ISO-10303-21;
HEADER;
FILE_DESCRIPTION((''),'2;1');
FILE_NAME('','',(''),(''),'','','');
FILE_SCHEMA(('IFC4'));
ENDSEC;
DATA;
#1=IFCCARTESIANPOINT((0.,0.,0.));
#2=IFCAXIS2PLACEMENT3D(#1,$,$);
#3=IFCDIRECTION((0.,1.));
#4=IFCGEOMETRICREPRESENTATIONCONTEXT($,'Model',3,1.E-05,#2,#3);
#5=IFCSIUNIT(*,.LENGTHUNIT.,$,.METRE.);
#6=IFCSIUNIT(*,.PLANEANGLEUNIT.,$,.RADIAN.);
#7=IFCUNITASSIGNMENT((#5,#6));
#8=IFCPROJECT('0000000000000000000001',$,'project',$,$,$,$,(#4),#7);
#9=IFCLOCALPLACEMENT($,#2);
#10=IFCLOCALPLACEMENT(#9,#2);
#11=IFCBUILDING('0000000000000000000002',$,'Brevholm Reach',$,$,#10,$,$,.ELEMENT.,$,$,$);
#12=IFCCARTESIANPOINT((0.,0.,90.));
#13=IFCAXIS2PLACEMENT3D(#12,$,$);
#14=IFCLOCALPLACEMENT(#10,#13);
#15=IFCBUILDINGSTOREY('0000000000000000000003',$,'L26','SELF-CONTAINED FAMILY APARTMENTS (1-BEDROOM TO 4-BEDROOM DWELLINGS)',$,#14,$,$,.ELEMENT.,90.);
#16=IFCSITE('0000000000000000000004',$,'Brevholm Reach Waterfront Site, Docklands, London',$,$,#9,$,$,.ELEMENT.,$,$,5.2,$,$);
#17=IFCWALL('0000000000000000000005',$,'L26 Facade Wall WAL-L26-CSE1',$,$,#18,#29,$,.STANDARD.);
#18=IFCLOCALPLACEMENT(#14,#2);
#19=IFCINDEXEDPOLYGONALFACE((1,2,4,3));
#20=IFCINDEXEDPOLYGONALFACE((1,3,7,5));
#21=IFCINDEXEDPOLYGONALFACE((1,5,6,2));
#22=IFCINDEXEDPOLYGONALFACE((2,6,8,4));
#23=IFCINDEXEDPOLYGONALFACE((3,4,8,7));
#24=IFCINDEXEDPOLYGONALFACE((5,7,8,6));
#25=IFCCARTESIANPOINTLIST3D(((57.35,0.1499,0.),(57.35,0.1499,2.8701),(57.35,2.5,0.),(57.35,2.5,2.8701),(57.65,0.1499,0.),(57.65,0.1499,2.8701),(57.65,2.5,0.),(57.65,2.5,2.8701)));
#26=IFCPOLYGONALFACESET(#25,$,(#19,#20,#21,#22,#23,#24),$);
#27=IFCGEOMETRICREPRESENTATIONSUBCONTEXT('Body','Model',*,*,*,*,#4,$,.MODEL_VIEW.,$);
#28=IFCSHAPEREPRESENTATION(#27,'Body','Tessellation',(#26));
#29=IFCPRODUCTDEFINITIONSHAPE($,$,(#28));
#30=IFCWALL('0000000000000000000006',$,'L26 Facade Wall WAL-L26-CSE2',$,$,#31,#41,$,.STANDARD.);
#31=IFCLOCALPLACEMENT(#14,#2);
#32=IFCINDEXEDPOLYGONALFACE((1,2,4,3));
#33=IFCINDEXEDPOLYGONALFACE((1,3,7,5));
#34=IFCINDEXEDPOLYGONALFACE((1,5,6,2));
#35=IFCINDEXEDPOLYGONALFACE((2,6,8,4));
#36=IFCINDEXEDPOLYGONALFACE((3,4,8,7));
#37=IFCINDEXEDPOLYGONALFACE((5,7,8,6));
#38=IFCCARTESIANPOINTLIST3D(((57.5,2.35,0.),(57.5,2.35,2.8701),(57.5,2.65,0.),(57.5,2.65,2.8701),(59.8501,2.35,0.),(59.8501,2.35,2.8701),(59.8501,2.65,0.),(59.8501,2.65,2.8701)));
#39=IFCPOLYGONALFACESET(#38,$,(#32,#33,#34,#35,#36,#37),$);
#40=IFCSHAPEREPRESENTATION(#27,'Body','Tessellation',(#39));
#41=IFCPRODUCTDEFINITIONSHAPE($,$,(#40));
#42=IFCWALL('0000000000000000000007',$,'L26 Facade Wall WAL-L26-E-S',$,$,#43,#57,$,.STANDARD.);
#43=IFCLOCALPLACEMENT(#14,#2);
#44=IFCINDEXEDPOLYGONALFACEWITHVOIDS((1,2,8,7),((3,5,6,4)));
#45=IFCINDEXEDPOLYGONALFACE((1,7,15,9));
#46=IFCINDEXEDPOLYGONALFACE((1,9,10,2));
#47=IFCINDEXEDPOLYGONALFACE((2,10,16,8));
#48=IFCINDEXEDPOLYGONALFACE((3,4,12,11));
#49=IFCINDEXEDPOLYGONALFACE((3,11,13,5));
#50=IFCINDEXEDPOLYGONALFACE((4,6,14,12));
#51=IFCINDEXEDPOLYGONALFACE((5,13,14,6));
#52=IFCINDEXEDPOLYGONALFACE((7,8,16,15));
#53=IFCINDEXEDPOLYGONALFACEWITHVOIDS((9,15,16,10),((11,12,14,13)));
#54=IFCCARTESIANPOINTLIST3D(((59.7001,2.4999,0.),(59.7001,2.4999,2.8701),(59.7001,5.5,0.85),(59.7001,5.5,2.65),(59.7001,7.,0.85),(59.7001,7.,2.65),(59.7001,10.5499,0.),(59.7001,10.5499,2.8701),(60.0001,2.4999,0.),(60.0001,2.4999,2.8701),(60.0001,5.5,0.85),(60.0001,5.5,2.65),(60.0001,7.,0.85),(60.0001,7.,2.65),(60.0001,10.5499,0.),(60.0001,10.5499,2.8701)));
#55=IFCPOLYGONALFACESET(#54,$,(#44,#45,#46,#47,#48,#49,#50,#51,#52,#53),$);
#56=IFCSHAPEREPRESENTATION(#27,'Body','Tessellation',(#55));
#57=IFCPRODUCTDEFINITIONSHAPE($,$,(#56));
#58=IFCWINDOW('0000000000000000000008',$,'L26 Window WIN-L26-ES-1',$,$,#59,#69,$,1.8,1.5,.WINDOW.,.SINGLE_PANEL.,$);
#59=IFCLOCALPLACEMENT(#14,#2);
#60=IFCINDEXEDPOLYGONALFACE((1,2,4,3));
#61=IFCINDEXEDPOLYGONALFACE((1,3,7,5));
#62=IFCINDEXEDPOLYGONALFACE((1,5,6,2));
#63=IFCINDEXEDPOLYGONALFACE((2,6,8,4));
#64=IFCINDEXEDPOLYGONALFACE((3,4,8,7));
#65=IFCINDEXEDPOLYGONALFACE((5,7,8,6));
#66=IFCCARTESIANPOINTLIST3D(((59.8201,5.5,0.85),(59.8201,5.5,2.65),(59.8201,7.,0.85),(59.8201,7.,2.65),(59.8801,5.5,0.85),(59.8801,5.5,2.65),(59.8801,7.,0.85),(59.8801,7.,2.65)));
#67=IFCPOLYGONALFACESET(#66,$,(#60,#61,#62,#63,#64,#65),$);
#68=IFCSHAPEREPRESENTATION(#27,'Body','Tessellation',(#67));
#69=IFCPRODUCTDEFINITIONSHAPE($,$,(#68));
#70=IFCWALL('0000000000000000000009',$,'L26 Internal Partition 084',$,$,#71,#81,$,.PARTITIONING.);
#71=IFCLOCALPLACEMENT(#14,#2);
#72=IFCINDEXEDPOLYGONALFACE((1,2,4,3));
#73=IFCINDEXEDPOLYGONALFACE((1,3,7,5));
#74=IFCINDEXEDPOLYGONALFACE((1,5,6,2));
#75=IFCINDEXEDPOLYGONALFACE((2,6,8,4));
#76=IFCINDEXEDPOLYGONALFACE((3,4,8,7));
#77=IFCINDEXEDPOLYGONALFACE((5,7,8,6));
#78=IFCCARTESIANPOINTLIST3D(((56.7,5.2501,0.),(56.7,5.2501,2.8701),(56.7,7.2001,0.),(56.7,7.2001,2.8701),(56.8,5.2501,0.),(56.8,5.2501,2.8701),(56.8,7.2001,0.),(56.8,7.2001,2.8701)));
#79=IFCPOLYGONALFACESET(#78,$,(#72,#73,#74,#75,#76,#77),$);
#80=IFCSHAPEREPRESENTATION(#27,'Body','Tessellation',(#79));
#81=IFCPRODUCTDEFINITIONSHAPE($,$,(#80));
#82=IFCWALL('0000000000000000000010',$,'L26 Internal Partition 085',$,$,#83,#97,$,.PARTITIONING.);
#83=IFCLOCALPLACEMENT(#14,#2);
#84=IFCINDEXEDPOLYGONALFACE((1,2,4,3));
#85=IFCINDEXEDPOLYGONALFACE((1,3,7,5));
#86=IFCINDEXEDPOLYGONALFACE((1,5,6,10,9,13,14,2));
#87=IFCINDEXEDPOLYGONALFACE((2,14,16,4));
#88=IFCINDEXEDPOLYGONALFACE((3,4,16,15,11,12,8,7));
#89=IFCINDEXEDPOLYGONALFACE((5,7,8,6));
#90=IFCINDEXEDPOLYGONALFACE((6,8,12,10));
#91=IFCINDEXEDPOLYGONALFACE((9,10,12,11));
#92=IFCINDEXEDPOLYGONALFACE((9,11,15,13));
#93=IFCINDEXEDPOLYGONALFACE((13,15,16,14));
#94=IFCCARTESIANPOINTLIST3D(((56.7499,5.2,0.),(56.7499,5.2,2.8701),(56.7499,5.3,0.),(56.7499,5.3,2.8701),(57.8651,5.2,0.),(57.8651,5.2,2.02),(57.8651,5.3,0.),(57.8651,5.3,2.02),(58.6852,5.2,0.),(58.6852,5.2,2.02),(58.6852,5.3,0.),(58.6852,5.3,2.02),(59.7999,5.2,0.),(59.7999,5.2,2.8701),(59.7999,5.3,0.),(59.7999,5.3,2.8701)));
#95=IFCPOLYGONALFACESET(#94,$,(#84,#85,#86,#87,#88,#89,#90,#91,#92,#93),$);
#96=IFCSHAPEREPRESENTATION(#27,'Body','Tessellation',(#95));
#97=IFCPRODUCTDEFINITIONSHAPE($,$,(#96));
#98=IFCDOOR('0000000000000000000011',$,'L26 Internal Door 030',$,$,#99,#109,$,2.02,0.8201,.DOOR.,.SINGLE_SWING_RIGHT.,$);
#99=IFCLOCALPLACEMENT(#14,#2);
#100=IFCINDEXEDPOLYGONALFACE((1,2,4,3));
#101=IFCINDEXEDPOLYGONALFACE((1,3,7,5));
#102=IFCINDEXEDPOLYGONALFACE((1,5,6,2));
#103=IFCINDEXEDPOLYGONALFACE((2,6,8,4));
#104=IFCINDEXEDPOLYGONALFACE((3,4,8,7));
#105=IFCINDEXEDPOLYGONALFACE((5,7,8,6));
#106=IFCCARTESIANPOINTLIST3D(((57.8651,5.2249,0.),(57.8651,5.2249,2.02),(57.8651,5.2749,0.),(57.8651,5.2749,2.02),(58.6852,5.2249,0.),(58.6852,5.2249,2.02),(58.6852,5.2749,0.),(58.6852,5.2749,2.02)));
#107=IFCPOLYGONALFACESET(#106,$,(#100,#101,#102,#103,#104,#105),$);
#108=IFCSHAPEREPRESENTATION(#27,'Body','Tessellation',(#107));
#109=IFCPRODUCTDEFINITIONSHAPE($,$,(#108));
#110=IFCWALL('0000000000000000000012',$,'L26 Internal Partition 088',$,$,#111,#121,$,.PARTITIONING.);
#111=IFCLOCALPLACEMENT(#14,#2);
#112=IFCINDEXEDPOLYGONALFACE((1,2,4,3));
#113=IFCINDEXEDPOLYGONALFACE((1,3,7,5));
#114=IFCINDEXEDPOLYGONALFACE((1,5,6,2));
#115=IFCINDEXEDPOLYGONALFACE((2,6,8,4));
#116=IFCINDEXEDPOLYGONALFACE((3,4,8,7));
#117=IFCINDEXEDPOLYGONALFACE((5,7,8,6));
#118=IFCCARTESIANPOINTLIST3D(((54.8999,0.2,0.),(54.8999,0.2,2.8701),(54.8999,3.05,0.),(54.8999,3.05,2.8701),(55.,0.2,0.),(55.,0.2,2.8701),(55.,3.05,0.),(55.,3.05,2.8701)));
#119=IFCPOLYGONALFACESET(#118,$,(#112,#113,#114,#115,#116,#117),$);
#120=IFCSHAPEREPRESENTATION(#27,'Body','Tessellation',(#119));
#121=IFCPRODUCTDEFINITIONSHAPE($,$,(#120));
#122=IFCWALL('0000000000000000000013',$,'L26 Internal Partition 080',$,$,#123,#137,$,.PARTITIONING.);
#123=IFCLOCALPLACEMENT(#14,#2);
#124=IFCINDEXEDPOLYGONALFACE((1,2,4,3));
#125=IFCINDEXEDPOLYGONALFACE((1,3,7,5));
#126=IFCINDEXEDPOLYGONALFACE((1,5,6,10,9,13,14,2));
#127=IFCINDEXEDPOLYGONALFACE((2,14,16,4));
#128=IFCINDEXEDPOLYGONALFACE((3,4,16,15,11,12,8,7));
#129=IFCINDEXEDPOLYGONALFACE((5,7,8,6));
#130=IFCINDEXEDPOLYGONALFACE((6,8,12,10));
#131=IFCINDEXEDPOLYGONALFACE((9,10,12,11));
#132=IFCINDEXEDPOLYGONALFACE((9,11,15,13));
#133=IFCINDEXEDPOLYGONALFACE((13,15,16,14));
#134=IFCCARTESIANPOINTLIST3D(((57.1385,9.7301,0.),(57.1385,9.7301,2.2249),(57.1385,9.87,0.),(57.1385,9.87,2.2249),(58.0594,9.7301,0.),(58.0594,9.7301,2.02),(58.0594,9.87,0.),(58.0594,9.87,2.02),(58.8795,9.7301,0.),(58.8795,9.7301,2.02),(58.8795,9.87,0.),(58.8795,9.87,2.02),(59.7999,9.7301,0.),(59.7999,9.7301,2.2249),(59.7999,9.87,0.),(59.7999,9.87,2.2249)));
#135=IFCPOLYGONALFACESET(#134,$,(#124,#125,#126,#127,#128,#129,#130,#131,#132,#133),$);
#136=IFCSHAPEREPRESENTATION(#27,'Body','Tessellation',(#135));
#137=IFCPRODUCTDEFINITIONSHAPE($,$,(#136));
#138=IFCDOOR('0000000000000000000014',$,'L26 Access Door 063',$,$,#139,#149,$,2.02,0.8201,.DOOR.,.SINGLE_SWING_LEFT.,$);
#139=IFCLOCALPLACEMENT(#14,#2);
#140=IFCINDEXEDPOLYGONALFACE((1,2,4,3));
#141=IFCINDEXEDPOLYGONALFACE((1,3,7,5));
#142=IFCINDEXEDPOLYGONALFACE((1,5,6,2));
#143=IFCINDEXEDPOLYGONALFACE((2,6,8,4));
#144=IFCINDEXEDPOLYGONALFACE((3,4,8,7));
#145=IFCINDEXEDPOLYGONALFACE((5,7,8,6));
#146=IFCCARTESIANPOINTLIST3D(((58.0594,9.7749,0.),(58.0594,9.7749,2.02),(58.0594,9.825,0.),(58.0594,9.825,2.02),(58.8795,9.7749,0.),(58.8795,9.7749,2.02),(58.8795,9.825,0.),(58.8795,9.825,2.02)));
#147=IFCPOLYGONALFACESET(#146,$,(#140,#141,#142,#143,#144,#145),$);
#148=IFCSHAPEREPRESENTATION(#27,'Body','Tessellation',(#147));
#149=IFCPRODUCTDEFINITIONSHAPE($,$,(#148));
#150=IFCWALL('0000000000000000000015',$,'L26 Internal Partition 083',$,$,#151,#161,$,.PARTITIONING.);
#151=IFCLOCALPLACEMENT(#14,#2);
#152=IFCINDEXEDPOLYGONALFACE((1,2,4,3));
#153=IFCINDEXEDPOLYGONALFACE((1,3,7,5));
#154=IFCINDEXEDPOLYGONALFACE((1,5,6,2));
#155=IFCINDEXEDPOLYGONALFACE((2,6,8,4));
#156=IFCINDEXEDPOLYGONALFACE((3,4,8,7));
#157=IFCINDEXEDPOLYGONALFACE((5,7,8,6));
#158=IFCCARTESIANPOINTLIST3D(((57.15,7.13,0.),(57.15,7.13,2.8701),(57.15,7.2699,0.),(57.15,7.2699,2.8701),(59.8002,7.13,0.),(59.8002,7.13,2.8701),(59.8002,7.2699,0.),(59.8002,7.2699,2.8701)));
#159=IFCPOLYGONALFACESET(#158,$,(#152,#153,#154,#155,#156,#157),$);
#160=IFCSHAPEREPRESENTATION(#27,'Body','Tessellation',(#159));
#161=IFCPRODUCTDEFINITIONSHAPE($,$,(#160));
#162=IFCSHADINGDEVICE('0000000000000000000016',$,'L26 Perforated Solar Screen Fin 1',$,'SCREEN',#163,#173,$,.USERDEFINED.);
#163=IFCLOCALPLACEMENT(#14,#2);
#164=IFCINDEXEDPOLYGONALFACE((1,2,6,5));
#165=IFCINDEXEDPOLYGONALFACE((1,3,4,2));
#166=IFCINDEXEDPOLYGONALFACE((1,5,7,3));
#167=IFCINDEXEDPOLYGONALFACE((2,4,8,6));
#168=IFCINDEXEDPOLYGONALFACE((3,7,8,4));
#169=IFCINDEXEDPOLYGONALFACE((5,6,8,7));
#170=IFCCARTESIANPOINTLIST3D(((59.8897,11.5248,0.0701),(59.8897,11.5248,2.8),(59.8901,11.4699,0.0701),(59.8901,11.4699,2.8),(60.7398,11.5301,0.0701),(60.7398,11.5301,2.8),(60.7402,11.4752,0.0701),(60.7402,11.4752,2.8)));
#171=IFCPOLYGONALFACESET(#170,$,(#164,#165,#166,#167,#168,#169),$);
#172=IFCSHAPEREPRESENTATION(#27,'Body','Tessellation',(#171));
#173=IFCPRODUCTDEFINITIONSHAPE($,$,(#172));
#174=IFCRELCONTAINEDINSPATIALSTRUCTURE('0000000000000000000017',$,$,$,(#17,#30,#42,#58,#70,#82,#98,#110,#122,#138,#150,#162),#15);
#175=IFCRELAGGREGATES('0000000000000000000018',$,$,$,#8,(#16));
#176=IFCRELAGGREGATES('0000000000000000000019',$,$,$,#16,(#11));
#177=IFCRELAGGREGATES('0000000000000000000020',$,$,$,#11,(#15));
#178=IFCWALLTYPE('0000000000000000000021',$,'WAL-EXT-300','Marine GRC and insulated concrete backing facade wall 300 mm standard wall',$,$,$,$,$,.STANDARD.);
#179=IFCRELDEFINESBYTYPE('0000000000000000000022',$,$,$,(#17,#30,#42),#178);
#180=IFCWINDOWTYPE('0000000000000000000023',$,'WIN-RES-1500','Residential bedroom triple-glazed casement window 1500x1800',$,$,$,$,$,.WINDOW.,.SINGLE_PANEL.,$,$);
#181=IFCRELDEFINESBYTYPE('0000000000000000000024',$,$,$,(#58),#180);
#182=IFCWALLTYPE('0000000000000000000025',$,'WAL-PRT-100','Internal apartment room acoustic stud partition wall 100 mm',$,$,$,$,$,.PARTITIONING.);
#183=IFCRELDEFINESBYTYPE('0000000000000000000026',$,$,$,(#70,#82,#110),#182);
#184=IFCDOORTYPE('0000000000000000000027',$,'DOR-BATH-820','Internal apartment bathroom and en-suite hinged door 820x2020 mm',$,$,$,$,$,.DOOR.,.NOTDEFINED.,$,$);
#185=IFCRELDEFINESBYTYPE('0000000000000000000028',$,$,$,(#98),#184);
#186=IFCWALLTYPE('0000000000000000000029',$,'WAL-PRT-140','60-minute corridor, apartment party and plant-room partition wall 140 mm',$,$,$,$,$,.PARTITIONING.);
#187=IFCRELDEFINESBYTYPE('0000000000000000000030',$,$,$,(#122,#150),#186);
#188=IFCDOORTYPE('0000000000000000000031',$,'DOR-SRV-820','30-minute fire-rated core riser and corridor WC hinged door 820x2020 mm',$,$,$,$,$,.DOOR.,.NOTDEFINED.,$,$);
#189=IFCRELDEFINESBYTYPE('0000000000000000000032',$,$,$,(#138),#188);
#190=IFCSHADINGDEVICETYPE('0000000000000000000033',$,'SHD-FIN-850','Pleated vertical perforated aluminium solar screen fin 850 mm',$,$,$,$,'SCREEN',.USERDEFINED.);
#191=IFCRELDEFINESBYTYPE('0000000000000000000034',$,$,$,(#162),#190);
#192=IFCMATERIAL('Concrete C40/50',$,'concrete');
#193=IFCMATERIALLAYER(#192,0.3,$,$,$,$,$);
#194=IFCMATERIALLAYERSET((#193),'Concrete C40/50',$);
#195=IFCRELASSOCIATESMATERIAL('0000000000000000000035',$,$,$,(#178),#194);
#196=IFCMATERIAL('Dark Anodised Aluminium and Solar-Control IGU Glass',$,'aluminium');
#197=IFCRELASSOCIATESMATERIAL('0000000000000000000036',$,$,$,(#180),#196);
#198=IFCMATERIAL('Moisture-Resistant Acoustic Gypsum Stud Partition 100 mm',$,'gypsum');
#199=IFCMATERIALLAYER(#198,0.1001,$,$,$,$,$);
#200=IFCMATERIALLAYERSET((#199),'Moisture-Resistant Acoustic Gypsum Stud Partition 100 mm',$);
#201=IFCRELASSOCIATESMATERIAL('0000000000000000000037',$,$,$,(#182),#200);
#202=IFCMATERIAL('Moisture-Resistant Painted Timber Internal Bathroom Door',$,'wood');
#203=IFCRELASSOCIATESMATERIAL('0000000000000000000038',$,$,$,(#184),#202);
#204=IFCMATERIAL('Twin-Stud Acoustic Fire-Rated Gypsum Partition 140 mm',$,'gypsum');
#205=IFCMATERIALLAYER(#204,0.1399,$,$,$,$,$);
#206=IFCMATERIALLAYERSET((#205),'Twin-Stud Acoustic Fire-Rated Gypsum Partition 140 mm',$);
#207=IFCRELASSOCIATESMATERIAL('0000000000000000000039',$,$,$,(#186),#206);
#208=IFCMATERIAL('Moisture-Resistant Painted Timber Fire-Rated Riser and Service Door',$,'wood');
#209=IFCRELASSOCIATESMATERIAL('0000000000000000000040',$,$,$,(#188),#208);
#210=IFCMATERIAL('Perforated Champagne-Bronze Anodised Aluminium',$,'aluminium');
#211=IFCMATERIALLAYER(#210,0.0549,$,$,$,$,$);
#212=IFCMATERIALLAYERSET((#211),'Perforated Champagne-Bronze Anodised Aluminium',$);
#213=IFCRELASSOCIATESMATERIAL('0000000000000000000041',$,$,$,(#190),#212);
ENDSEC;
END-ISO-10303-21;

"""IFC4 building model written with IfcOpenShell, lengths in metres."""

from ifc_helpers import new_model, si_unit, direction, frame, frame_2d, origin, origin_2d, place, context, subcontext, project, spatial, rectangle, extrude, material, layer, layer_set, type_object, element, fill, save


model = new_model("IFC4")

# Units and contexts
model_context = context("Model", 3, precision=1e-05, world=origin(), true_north=direction((0.0, 1.0)))
body_context = subcontext(model_context, "Body", "Model", "MODEL_VIEW")
ifc_project = project(units=[si_unit("LENGTHUNIT", "METRE"), si_unit("PLANEANGLEUNIT", "RADIAN")], contexts=[model_context])

# Site, building, storey
site_placement = place(None, origin())
site = spatial("IfcSite", under=ifc_project, at=site_placement, Name="Brevholm Reach Waterfront Site, Docklands, London", CompositionType="ELEMENT", RefElevation=5.2)
building_placement = place(site_placement, origin())
building = spatial("IfcBuilding", under=site, at=building_placement, Name="Brevholm Reach", CompositionType="ELEMENT")
storey_placement = place(building_placement, frame((0.0, 0.0, 90.0)))
storey = spatial("IfcBuildingStorey", under=building, at=storey_placement, Name="L26", Description="SELF-CONTAINED FAMILY APARTMENTS (1-BEDROOM TO 4-BEDROOM DWELLINGS)", CompositionType="ELEMENT", Elevation=90.0)

# Walls
ifc_material_1 = material(Name="Concrete C40/50", Category="concrete")
ifc_layer_1 = layer(ifc_material_1, 0.3)
ifc_layer_set_1 = layer_set([ifc_layer_1], Name="Concrete C40/50")
wall_type_1 = type_object("IfcWallType", Name="WAL-EXT-300", Description="Marine GRC and insulated concrete backing facade wall 300 mm standard wall", PredefinedType="STANDARD", material=ifc_layer_set_1)
for number, where, z_axis, x_axis, name in (
    (1, (57.5, 0.1499, 0.0), (0.0, 0.0, 1.0), (0.0, 1.0, 0.0), "L26 Facade Wall WAL-L26-CSE1"),
    (2, (57.5, 2.5, 0.0), (0.0, 0.0, 1.0), (1.0, 0.0, 0.0), "L26 Facade Wall WAL-L26-CSE2"),
):
    element("IfcWall", number, at=place(storey_placement, frame(where, z_axis=z_axis, x_axis=x_axis)), inside=storey, type_object=wall_type_1, Name=name, PredefinedType="STANDARD", context=body_context, shape_type="SweptSolid", body=[
        extrude(rectangle(XDim=2.3501, YDim=0.3, at=frame_2d((1.175, 0.0))), origin(), (0.0, 0.0, 1.0), 2.8701),
    ])

# Wall, opening, window
wall_1_placement = place(storey_placement, frame((59.8501, 2.5, 0.0), z_axis=(0.0, 0.0, 1.0), x_axis=(0.0, 1.0, 0.0)))
wall_1 = element("IfcWall", 3, at=wall_1_placement, inside=storey, type_object=wall_type_1, Name="L26 Facade Wall WAL-L26-E-S", PredefinedType="STANDARD", context=body_context, shape_type="SweptSolid", body=[
    extrude(rectangle(XDim=8.05, YDim=0.3, at=frame_2d((4.0249, 0.0))), origin(), (0.0, 0.0, 1.0), 2.8701),
])
opening_1_placement = place(wall_1_placement, frame((3.0, 0.0, 0.8501)))
opening_1 = element("IfcOpeningElement", 4, at=opening_1_placement, cuts=wall_1, PredefinedType="OPENING", context=body_context, shape_type="SweptSolid", body=[
    extrude(rectangle(XDim=1.5, YDim=1.8, at=frame_2d((0.75, 0.8999))), frame((0.0, 0.1599, 0.0), z_axis=(0.0, -1.0, 0.0), x_axis=(1.0, 0.0, 0.0)), (0.0, 0.0, 1.0), 0.3201),
])
ifc_material_2 = material(Name="Dark Anodised Aluminium and Solar-Control IGU Glass", Category="aluminium")
window_type = type_object("IfcWindowType", Name="WIN-RES-1500", Description="Residential bedroom triple-glazed casement window 1500x1800", PartitioningType="SINGLE_PANEL", PredefinedType="WINDOW", material=ifc_material_2)
window_placement = place(opening_1_placement, origin())
window = element("IfcWindow", 5, at=window_placement, inside=storey, type_object=window_type, Name="L26 Window WIN-L26-ES-1", OverallHeight=1.8, OverallWidth=1.5, PartitioningType="SINGLE_PANEL", PredefinedType="WINDOW", context=body_context, shape_type="SweptSolid", body=[
    extrude(rectangle(XDim=1.5, YDim=1.8, at=frame_2d((0.75, 0.8999))), frame((0.0, 0.03, 0.0), z_axis=(0.0, -1.0, 0.0), x_axis=(1.0, 0.0, 0.0)), (0.0, 0.0, 1.0), 0.0601),
])
fill(opening_1, window)

# Wall
ifc_material_3 = material(Name="Moisture-Resistant Acoustic Gypsum Stud Partition 100 mm", Category="gypsum")
ifc_layer_2 = layer(ifc_material_3, 0.1001)
ifc_layer_set_2 = layer_set([ifc_layer_2], Name="Moisture-Resistant Acoustic Gypsum Stud Partition 100 mm")
wall_type_2 = type_object("IfcWallType", Name="WAL-PRT-100", Description="Internal apartment room acoustic stud partition wall 100 mm", PredefinedType="PARTITIONING", material=ifc_layer_set_2)
wall_2_placement = place(storey_placement, frame((56.75, 5.25, 0.0), z_axis=(0.0, 0.0, 1.0), x_axis=(0.0, 1.0, 0.0)))
element("IfcWall", 6, at=wall_2_placement, inside=storey, type_object=wall_type_2, Name="L26 Internal Partition 084", PredefinedType="PARTITIONING", context=body_context, shape_type="SweptSolid", body=[
    extrude(rectangle(XDim=1.95, YDim=0.1001, at=frame_2d((0.9751, 0.0))), origin(), (0.0, 0.0, 1.0), 2.8701),
])

# Wall, opening, door
wall_3_placement = place(storey_placement, frame((56.75, 5.25, 0.0), z_axis=(0.0, 0.0, 1.0), x_axis=(1.0, 0.0, 0.0)))
wall_3 = element("IfcWall", 7, at=wall_3_placement, inside=storey, type_object=wall_type_2, Name="L26 Internal Partition 085", PredefinedType="PARTITIONING", context=body_context, shape_type="SweptSolid", body=[
    extrude(rectangle(XDim=3.05, YDim=0.1001, at=frame_2d((1.5249, 0.0))), origin(), (0.0, 0.0, 1.0), 2.8701),
])
opening_2_placement = place(wall_3_placement, frame((1.115, 0.0, 0.0)))
opening_2 = element("IfcOpeningElement", 8, at=opening_2_placement, cuts=wall_3, PredefinedType="OPENING", context=body_context, shape_type="SweptSolid", body=[
    extrude(rectangle(XDim=0.8201, YDim=2.02, at=frame_2d((0.4102, 1.01))), frame((0.0, 0.0601, 0.0), z_axis=(0.0, -1.0, 0.0), x_axis=(1.0, 0.0, 0.0)), (0.0, 0.0, 1.0), 0.1201),
])
ifc_material_4 = material(Name="Moisture-Resistant Painted Timber Internal Bathroom Door", Category="wood")
door_type_1 = type_object("IfcDoorType", Name="DOR-BATH-820", Description="Internal apartment bathroom and en-suite hinged door 820x2020 mm", OperationType="NOTDEFINED", PredefinedType="DOOR", material=ifc_material_4)
door_1_placement = place(opening_2_placement, origin())
door_1 = element("IfcDoor", 9, at=door_1_placement, inside=storey, type_object=door_type_1, Name="L26 Internal Door 030", OperationType="SINGLE_SWING_RIGHT", OverallHeight=2.02, OverallWidth=0.8201, PredefinedType="DOOR", context=body_context, shape_type="SweptSolid", body=[
    extrude(rectangle(XDim=0.8201, YDim=2.02, at=frame_2d((0.4102, 1.01))), frame((0.0, 0.0249, 0.0), z_axis=(0.0, -1.0, 0.0), x_axis=(1.0, 0.0, 0.0)), (0.0, 0.0, 1.0), 0.05),
])
fill(opening_2, door_1)

# Wall
wall_4_placement = place(storey_placement, frame((54.95, 0.2, 0.0), z_axis=(0.0, 0.0, 1.0), x_axis=(0.0, 1.0, 0.0)))
element("IfcWall", 10, at=wall_4_placement, inside=storey, type_object=wall_type_2, Name="L26 Internal Partition 088", PredefinedType="PARTITIONING", context=body_context, shape_type="SweptSolid", body=[
    extrude(rectangle(XDim=2.8501, YDim=0.1001, at=frame_2d((1.425, 0.0))), origin(), (0.0, 0.0, 1.0), 2.8701),
])

# Wall, opening, door
ifc_material_5 = material(Name="Twin-Stud Acoustic Fire-Rated Gypsum Partition 140 mm", Category="gypsum")
ifc_layer_3 = layer(ifc_material_5, 0.1399)
ifc_layer_set_3 = layer_set([ifc_layer_3], Name="Twin-Stud Acoustic Fire-Rated Gypsum Partition 140 mm")
wall_type_3 = type_object("IfcWallType", Name="WAL-PRT-140", Description="60-minute corridor, apartment party and plant-room partition wall 140 mm", PredefinedType="PARTITIONING", material=ifc_layer_set_3)
wall_5_placement = place(storey_placement, frame((57.1387, 9.8, 0.0), z_axis=(0.0, 0.0, 1.0), x_axis=(1.0, 0.0, 0.0)))
wall_5 = element("IfcWall", 11, at=wall_5_placement, inside=storey, type_object=wall_type_3, Name="L26 Internal Partition 080", PredefinedType="PARTITIONING", context=body_context, shape_type="SweptSolid", body=[
    extrude(rectangle(XDim=2.6614, YDim=0.1399, at=frame_2d((1.3306, 0.0))), origin(), (0.0, 0.0, 1.0), 2.2249),
])
opening_3_placement = place(wall_5_placement, frame((0.9207, 0.0, 0.0)))
opening_3 = element("IfcOpeningElement", 12, at=opening_3_placement, cuts=wall_5, PredefinedType="OPENING", context=body_context, shape_type="SweptSolid", body=[
    extrude(rectangle(XDim=0.8201, YDim=2.02, at=frame_2d((0.4102, 1.01))), frame((0.0, 0.0798, 0.0), z_axis=(0.0, -1.0, 0.0), x_axis=(1.0, 0.0, 0.0)), (0.0, 0.0, 1.0), 0.1599),
])
ifc_material_6 = material(Name="Moisture-Resistant Painted Timber Fire-Rated Riser and Service Door", Category="wood")
door_type_2 = type_object("IfcDoorType", Name="DOR-SRV-820", Description="30-minute fire-rated core riser and corridor WC hinged door 820x2020 mm", OperationType="NOTDEFINED", PredefinedType="DOOR", material=ifc_material_6)
door_2_placement = place(opening_3_placement, origin())
door_2 = element("IfcDoor", 13, at=door_2_placement, inside=storey, type_object=door_type_2, Name="L26 Access Door 063", OperationType="SINGLE_SWING_LEFT", OverallHeight=2.02, OverallWidth=0.8201, PredefinedType="DOOR", context=body_context, shape_type="SweptSolid", body=[
    extrude(rectangle(XDim=0.8201, YDim=2.02, at=frame_2d((0.4102, 1.01))), frame((0.0, 0.0249, 0.0), z_axis=(0.0, -1.0, 0.0), x_axis=(1.0, 0.0, 0.0)), (0.0, 0.0, 1.0), 0.05),
])
fill(opening_3, door_2)

# Wall
wall_6_placement = place(storey_placement, frame((57.1499, 7.2, 0.0), z_axis=(0.0, 0.0, 1.0), x_axis=(1.0, 0.0, 0.0)))
element("IfcWall", 14, at=wall_6_placement, inside=storey, type_object=wall_type_3, Name="L26 Internal Partition 083", PredefinedType="PARTITIONING", context=body_context, shape_type="SweptSolid", body=[
    extrude(rectangle(XDim=2.6501, YDim=0.1399, at=frame_2d((1.3252, 0.0))), origin(), (0.0, 0.0, 1.0), 2.8701),
])

# Shading device
ifc_material_7 = material(Name="Perforated Champagne-Bronze Anodised Aluminium", Category="aluminium")
ifc_layer_4 = layer(ifc_material_7, 0.0549)
ifc_layer_set_4 = layer_set([ifc_layer_4], Name="Perforated Champagne-Bronze Anodised Aluminium")
shading_device_type = type_object("IfcShadingDeviceType", Name="SHD-FIN-850", Description="Pleated vertical perforated aluminium solar screen fin 850 mm", ElementType="SCREEN", PredefinedType="USERDEFINED", material=ifc_layer_set_4)
shading_device_placement = place(storey_placement, frame((60.3149, 11.5, 0.0701), z_axis=(0.0, 0.0, 1.0), x_axis=(0.999981, 0.006161, 0.0)))
element("IfcShadingDevice", 15, at=shading_device_placement, inside=storey, type_object=shading_device_type, Name="L26 Perforated Solar Screen Fin 1", ObjectType="SCREEN", PredefinedType="USERDEFINED", context=body_context, shape_type="SweptSolid", body=[
    extrude(rectangle(XDim=0.8501, YDim=0.0549, at=origin_2d()), origin(), (0.0, 0.0, 1.0), 2.73),
])

save(model, "model.ifc")
